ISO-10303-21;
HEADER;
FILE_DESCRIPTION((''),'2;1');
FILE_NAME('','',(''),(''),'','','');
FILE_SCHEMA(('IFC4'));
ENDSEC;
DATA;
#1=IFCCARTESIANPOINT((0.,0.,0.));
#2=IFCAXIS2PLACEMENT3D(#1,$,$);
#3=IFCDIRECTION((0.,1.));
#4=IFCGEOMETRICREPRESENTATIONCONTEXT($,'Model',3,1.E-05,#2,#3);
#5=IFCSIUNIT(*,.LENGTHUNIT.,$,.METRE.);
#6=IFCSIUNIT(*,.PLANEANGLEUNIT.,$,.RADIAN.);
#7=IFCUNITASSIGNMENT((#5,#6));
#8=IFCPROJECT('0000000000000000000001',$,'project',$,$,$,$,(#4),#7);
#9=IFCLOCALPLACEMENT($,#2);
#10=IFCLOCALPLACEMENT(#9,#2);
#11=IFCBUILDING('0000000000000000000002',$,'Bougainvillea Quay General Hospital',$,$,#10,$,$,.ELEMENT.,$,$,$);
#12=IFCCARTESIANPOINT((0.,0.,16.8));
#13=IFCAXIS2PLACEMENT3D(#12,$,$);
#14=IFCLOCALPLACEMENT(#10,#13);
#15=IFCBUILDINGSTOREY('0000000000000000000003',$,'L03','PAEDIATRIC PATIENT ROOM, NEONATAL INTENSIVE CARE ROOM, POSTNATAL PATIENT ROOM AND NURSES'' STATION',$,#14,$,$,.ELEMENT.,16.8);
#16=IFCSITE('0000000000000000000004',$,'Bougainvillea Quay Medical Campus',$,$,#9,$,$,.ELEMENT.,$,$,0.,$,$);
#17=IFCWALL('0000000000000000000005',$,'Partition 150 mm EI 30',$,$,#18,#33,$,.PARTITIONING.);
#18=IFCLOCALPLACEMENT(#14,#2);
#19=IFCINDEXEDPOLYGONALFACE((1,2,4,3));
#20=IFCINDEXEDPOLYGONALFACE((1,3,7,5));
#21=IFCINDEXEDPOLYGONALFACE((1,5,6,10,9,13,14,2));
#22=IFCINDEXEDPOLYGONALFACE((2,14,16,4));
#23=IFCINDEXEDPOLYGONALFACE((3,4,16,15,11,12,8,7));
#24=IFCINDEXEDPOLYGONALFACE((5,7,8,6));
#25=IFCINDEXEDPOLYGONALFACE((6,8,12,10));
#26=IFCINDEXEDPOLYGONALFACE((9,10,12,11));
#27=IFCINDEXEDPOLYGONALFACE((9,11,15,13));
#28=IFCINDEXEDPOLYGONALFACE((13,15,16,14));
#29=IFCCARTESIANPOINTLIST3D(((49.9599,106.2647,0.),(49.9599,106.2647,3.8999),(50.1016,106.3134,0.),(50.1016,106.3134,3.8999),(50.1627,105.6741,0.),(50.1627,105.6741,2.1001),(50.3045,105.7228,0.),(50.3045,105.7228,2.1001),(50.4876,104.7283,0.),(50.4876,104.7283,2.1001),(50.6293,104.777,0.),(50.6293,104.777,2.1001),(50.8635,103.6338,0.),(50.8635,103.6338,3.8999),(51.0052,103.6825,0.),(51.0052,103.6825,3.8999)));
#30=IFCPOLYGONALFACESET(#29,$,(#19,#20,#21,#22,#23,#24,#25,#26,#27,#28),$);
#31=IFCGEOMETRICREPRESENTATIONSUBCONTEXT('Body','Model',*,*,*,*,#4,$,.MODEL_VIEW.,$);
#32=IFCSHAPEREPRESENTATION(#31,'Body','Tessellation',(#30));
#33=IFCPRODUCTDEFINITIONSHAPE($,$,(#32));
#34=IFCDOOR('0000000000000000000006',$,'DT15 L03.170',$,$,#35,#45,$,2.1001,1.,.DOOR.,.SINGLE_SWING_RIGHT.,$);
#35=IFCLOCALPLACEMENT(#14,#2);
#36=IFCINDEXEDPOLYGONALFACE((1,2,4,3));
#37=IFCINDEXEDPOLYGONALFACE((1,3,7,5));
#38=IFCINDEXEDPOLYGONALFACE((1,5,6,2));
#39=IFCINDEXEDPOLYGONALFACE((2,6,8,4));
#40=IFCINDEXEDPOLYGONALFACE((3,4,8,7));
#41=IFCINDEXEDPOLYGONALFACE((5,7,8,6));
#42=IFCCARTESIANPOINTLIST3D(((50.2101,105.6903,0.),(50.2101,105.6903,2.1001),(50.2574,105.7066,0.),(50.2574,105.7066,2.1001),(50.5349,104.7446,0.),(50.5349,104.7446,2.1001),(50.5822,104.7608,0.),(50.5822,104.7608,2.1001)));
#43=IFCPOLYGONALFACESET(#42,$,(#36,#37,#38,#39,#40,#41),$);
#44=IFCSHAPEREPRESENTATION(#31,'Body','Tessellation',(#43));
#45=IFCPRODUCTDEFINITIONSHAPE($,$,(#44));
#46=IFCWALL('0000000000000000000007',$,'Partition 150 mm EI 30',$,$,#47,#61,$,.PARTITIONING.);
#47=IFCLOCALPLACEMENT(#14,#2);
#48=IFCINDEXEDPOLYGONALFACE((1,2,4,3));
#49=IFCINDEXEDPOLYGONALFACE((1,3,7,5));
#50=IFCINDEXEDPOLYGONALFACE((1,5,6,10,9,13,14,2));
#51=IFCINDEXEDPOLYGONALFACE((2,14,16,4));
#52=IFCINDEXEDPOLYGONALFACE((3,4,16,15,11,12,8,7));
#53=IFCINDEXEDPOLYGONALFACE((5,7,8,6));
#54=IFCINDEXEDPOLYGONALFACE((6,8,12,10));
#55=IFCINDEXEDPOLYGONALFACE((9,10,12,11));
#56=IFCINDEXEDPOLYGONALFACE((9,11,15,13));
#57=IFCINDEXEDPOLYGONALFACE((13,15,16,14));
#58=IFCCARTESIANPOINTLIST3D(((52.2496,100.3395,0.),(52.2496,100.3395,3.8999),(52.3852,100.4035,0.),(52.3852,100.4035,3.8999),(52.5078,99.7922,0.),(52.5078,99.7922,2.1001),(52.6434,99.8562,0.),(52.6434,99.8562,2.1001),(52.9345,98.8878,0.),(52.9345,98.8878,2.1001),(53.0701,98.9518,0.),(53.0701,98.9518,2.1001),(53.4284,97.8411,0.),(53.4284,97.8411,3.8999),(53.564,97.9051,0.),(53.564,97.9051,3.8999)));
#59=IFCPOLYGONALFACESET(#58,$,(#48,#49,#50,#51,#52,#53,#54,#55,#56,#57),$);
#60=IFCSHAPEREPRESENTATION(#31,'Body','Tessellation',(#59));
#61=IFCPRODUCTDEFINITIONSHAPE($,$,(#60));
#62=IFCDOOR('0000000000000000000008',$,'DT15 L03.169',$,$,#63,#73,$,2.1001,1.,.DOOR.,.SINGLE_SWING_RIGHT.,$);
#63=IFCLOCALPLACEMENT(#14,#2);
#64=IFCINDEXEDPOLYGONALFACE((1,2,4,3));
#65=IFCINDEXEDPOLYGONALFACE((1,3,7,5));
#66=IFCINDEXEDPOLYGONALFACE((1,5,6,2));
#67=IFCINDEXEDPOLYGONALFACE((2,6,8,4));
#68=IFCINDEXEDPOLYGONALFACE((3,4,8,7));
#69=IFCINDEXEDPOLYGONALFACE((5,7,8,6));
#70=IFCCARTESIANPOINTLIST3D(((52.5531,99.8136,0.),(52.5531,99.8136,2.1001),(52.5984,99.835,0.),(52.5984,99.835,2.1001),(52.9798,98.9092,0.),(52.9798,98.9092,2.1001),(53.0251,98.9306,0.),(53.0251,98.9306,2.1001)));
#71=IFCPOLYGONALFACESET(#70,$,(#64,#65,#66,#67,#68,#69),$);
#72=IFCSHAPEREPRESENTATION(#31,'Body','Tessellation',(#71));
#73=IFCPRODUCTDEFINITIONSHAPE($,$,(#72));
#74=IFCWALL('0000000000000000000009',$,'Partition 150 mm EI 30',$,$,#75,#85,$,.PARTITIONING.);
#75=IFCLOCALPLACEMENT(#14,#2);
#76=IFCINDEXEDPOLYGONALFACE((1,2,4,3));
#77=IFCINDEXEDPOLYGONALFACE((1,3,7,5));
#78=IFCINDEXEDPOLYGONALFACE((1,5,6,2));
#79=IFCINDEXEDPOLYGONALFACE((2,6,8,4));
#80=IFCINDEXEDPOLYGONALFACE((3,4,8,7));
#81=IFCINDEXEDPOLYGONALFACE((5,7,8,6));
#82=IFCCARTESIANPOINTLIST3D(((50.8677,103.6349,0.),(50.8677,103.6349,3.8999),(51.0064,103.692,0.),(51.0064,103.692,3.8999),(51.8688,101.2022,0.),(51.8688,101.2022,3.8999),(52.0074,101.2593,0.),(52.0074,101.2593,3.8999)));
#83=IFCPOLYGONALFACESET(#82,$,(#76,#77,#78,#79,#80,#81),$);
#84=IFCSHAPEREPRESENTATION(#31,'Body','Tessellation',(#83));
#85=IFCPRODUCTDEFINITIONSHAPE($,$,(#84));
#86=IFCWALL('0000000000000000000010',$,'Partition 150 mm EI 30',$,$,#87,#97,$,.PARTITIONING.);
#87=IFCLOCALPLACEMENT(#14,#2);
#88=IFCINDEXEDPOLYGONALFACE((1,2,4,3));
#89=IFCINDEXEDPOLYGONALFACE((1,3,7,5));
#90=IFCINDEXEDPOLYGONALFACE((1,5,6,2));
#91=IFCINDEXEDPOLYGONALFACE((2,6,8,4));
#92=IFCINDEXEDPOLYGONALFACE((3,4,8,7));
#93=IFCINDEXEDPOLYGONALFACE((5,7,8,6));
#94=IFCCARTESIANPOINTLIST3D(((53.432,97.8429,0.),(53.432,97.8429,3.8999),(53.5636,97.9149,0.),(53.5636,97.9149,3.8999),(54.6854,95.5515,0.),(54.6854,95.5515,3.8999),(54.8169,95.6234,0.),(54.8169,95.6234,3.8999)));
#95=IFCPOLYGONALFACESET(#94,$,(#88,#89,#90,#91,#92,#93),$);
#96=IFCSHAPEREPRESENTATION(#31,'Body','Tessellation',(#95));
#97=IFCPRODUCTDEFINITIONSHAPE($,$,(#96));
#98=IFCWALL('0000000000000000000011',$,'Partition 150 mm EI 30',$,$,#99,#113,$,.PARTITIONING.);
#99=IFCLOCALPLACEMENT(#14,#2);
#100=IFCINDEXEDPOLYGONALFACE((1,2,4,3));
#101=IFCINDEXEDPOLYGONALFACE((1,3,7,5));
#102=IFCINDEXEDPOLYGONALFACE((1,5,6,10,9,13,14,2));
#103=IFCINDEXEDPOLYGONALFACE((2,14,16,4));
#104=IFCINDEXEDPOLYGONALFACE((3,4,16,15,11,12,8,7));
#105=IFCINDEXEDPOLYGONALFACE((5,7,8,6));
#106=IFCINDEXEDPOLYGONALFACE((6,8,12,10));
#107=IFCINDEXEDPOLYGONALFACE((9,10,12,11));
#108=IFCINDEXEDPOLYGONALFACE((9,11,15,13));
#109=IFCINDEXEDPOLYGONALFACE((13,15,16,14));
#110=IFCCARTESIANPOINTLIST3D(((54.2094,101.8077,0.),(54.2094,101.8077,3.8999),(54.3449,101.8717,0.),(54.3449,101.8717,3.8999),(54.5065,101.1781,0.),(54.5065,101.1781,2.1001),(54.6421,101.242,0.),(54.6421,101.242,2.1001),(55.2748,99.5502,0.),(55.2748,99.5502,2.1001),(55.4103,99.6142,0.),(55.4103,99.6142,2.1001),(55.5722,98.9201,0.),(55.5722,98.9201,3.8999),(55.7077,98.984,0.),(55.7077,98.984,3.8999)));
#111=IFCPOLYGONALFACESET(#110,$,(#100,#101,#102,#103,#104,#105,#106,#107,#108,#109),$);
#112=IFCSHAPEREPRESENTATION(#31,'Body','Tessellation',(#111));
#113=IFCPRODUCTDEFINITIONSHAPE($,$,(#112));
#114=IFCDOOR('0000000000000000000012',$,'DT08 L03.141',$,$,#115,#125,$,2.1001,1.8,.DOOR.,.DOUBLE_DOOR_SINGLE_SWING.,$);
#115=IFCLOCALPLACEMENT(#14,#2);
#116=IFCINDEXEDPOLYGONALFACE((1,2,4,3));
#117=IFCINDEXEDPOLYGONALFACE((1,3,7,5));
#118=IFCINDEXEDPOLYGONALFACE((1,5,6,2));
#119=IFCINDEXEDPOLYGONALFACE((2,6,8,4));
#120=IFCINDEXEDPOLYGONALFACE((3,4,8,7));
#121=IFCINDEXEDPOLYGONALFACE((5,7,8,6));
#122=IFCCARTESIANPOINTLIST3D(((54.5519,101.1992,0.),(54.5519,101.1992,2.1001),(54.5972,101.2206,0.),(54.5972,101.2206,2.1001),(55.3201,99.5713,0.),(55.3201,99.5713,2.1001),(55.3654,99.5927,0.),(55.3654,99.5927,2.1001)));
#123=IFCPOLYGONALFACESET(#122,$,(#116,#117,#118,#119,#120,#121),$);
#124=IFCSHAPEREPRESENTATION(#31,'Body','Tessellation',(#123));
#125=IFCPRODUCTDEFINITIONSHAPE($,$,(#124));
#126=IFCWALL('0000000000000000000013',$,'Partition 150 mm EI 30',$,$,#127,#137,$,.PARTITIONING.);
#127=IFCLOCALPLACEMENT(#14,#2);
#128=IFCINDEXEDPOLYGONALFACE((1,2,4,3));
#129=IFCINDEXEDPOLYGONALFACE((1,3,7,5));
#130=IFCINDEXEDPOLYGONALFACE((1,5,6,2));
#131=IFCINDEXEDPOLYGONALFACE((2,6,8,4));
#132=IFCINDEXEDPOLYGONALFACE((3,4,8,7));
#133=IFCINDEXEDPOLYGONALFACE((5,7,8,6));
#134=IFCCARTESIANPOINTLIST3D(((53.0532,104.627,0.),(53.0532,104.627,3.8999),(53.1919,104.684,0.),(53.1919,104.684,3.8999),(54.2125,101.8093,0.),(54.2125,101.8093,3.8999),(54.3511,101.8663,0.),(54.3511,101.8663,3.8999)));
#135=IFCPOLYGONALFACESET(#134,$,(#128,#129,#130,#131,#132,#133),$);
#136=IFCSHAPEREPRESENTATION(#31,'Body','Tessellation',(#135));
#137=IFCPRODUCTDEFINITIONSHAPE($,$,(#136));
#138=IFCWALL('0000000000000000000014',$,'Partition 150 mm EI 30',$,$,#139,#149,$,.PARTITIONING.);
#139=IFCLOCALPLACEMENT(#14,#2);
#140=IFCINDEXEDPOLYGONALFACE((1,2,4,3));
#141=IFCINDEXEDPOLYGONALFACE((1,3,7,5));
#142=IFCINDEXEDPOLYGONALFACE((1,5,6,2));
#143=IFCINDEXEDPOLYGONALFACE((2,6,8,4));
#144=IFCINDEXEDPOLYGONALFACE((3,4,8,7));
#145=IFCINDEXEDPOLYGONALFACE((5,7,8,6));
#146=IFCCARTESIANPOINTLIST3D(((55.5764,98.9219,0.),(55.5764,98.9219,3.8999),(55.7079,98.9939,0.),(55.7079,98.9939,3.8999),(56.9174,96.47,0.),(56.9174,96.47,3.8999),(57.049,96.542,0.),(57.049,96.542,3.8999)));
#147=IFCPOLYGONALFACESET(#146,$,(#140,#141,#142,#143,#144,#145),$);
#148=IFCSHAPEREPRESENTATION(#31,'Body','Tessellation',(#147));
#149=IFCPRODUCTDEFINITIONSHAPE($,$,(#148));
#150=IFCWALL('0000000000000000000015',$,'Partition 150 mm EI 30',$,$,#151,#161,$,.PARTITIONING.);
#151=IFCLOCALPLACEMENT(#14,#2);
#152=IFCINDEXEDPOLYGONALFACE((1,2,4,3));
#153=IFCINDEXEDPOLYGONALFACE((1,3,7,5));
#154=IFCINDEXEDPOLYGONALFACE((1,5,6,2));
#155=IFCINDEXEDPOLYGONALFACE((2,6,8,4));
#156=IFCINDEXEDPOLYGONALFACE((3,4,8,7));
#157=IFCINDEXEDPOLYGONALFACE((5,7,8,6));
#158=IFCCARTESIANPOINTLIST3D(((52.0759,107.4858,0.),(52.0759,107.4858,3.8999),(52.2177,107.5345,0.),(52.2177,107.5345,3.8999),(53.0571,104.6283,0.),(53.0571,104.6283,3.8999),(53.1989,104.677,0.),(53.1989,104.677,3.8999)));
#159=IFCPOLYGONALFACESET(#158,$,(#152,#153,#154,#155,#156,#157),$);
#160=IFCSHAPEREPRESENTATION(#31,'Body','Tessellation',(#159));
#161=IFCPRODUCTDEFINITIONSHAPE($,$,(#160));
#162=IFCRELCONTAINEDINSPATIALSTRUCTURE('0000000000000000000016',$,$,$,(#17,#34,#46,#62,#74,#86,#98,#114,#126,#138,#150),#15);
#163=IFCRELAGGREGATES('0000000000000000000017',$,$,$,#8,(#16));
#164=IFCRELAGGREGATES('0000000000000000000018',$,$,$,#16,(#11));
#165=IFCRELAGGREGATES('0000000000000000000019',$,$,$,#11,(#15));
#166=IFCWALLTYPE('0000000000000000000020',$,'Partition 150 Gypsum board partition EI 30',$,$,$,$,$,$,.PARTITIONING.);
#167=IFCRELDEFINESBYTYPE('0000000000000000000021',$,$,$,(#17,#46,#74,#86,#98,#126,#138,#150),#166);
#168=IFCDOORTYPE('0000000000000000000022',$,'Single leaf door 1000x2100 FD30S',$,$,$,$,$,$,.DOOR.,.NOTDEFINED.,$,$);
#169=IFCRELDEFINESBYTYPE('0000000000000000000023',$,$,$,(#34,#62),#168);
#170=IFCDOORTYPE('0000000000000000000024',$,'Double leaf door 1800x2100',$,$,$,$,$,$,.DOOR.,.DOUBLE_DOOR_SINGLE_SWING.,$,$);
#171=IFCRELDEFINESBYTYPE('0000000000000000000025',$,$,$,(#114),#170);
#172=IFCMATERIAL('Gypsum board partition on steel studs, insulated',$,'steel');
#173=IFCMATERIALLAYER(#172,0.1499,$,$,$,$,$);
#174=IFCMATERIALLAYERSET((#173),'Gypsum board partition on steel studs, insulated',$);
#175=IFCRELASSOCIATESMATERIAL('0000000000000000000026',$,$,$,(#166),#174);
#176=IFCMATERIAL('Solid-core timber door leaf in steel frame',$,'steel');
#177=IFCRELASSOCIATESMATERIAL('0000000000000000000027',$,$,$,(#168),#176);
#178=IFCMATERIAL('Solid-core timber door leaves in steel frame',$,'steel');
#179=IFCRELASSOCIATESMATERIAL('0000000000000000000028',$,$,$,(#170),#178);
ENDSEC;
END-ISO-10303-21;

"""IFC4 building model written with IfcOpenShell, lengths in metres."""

from ifc_helpers import new_model, si_unit, direction, frame, frame_2d, origin, place, context, subcontext, project, spatial, rectangle, extrude, material, layer, layer_set, type_object, element, fill, save


model = new_model("IFC4")

# Units and contexts
model_context = context("Model", 3, precision=1e-05, world=origin(), true_north=direction((0.0, 1.0)))
body_context = subcontext(model_context, "Body", "Model", "MODEL_VIEW")
ifc_project = project(units=[si_unit("LENGTHUNIT", "METRE"), si_unit("PLANEANGLEUNIT", "RADIAN")], contexts=[model_context])

# Site, building, storey
site_placement = place(None, origin())
site = spatial("IfcSite", under=ifc_project, at=site_placement, Name="Bougainvillea Quay Medical Campus", CompositionType="ELEMENT", RefElevation=0.0)
building_placement = place(site_placement, origin())
building = spatial("IfcBuilding", under=site, at=building_placement, Name="Bougainvillea Quay General Hospital", CompositionType="ELEMENT")
storey_placement = place(building_placement, frame((0.0, 0.0, 16.8)))
storey = spatial("IfcBuildingStorey", under=building, at=storey_placement, Name="L03", Description="PAEDIATRIC PATIENT ROOM, NEONATAL INTENSIVE CARE ROOM, POSTNATAL PATIENT ROOM AND NURSES' STATION", CompositionType="ELEMENT", Elevation=16.8)

# Walls, openings, doors
ifc_material_1 = material(Name="Gypsum board partition on steel studs, insulated", Category="steel")
ifc_layer_1 = layer(ifc_material_1, 0.1499)
ifc_layer_set_1 = layer_set([ifc_layer_1], Name="Gypsum board partition on steel studs, insulated")
wall_type_1 = type_object("IfcWallType", Name="Partition 150 Gypsum board partition EI 30", PredefinedType="PARTITIONING", material=ifc_layer_set_1)
wall_1_placement = place(storey_placement, frame((50.0308, 106.2891, 0.0), z_axis=(0.0, 0.0, 1.0), x_axis=(0.324825, -0.945774, 0.0)))
wall_1 = element("IfcWall", 1, at=wall_1_placement, inside=storey, type_object=wall_type_1, Name="Partition 150 mm EI 30", PredefinedType="PARTITIONING", context=body_context, shape_type="SweptSolid", body=[
    extrude(rectangle(XDim=2.7817, YDim=0.1499, at=frame_2d((1.3909, 0.0))), origin(), (0.0, 0.0, 1.0), 3.8999),
])
opening_1_placement = place(wall_1_placement, frame((0.6245, 0.0, 0.0)))
opening_1 = element("IfcOpeningElement", 2, at=opening_1_placement, cuts=wall_1, PredefinedType="OPENING", context=body_context, shape_type="SweptSolid", body=[
    extrude(rectangle(XDim=1.0, YDim=2.1001, at=frame_2d((0.5, 1.05))), frame((0.0, 0.085, 0.0), z_axis=(0.0, -1.0, 0.0), x_axis=(1.0, 0.0, 0.0)), (0.0, 0.0, 1.0), 0.1699),
])
ifc_material_2 = material(Name="Solid-core timber door leaf in steel frame", Category="steel")
door_type_1 = type_object("IfcDoorType", Name="Single leaf door 1000x2100 FD30S", OperationType="NOTDEFINED", PredefinedType="DOOR", material=ifc_material_2)
door_1_placement = place(opening_1_placement, frame((1.0, 0.0, 0.0), z_axis=(0.0, 0.0, 1.0), x_axis=(-1.0, 0.0, 0.0)))
door_1 = element("IfcDoor", 3, at=door_1_placement, inside=storey, type_object=door_type_1, Name="DT15 L03.170", OperationType="SINGLE_SWING_RIGHT", OverallHeight=2.1001, OverallWidth=1.0, PredefinedType="DOOR", context=body_context, shape_type="SweptSolid", body=[
    extrude(rectangle(XDim=1.0, YDim=2.1001, at=frame_2d((0.5, 1.05))), frame((0.0, 0.0249, 0.0), z_axis=(0.0, -1.0, 0.0), x_axis=(1.0, 0.0, 0.0)), (0.0, 0.0, 1.0), 0.05),
])
fill(opening_1, door_1)
wall_2_placement = place(storey_placement, frame((52.3174, 100.3716, 0.0), z_axis=(0.0, 0.0, 1.0), x_axis=(0.426699, -0.904394, 0.0)))
wall_2 = element("IfcWall", 4, at=wall_2_placement, inside=storey, type_object=wall_type_1, Name="Partition 150 mm EI 30", PredefinedType="PARTITIONING", context=body_context, shape_type="SweptSolid", body=[
    extrude(rectangle(XDim=2.7625, YDim=0.1499, at=frame_2d((1.3813, 0.0))), origin(), (0.0, 0.0, 1.0), 3.8999),
])
opening_2_placement = place(wall_2_placement, frame((0.6052, 0.0, 0.0)))
opening_2 = element("IfcOpeningElement", 5, at=opening_2_placement, cuts=wall_2, PredefinedType="OPENING", context=body_context, shape_type="SweptSolid", body=[
    extrude(rectangle(XDim=1.0, YDim=2.1001, at=frame_2d((0.5, 1.05))), frame((0.0, 0.085, 0.0), z_axis=(0.0, -1.0, 0.0), x_axis=(1.0, 0.0, 0.0)), (0.0, 0.0, 1.0), 0.1699),
])
door_2_placement = place(opening_2_placement, frame((1.0, 0.0, 0.0), z_axis=(0.0, 0.0, 1.0), x_axis=(-1.0, 0.0, 0.0)))
door_2 = element("IfcDoor", 6, at=door_2_placement, inside=storey, type_object=door_type_1, Name="DT15 L03.169", OperationType="SINGLE_SWING_RIGHT", OverallHeight=2.1001, OverallWidth=1.0, PredefinedType="DOOR", context=body_context, shape_type="SweptSolid", body=[
    extrude(rectangle(XDim=1.0, YDim=2.1001, at=frame_2d((0.5, 1.05))), frame((0.0, 0.0249, 0.0), z_axis=(0.0, -1.0, 0.0), x_axis=(1.0, 0.0, 0.0)), (0.0, 0.0, 1.0), 0.05),
])
fill(opening_2, door_2)

# Walls
wall_3_placement = place(storey_placement, frame((50.937, 103.6636, 0.0), z_axis=(0.0, 0.0, 1.0), x_axis=(0.380526, -0.92477, 0.0)))
element("IfcWall", 7, at=wall_3_placement, inside=storey, type_object=wall_type_1, Name="Partition 150 mm EI 30", PredefinedType="PARTITIONING", context=body_context, shape_type="SweptSolid", body=[
    extrude(rectangle(XDim=2.6306, YDim=0.1499, at=frame_2d((1.3154, 0.0))), origin(), (0.0, 0.0, 1.0), 3.8999),
])
wall_4_placement = place(storey_placement, frame((53.4978, 97.8789, 0.0), z_axis=(0.0, 0.0, 1.0), x_axis=(0.479887, -0.877331, 0.0)))
element("IfcWall", 8, at=wall_4_placement, inside=storey, type_object=wall_type_1, Name="Partition 150 mm EI 30", PredefinedType="PARTITIONING", context=body_context, shape_type="SweptSolid", body=[
    extrude(rectangle(XDim=2.6118, YDim=0.1499, at=frame_2d((1.3059, 0.0))), origin(), (0.0, 0.0, 1.0), 3.8999),
])

# Wall, opening, door
wall_5_placement = place(storey_placement, frame((54.2771, 101.8398, 0.0), z_axis=(0.0, 0.0, 1.0), x_axis=(0.426791, -0.90435, 0.0)))
wall_5 = element("IfcWall", 9, at=wall_5_placement, inside=storey, type_object=wall_type_1, Name="Partition 150 mm EI 30", PredefinedType="PARTITIONING", context=body_context, shape_type="SweptSolid", body=[
    extrude(rectangle(XDim=3.1931, YDim=0.1499, at=frame_2d((1.5967, 0.0))), origin(), (0.0, 0.0, 1.0), 3.8999),
])
opening_3_placement = place(wall_5_placement, frame((0.6965, 0.0, 0.0)))
opening_3 = element("IfcOpeningElement", 10, at=opening_3_placement, cuts=wall_5, PredefinedType="OPENING", context=body_context, shape_type="SweptSolid", body=[
    extrude(rectangle(XDim=1.8, YDim=2.1001, at=frame_2d((0.8999, 1.05))), frame((0.0, 0.085, 0.0), z_axis=(0.0, -1.0, 0.0), x_axis=(1.0, 0.0, 0.0)), (0.0, 0.0, 1.0), 0.1699),
])
ifc_material_3 = material(Name="Solid-core timber door leaves in steel frame", Category="steel")
door_type_2 = type_object("IfcDoorType", Name="Double leaf door 1800x2100", OperationType="DOUBLE_DOOR_SINGLE_SWING", PredefinedType="DOOR", material=ifc_material_3)
door_3_placement = place(opening_3_placement, frame((1.8, 0.0, 0.0), z_axis=(0.0, 0.0, 1.0), x_axis=(-1.0, 0.0, 0.0)))
door_3 = element("IfcDoor", 11, at=door_3_placement, inside=storey, type_object=door_type_2, Name="DT08 L03.141", OperationType="DOUBLE_DOOR_SINGLE_SWING", OverallHeight=2.1001, OverallWidth=1.8, PredefinedType="DOOR", context=body_context, shape_type="SweptSolid", body=[
    extrude(rectangle(XDim=1.8, YDim=2.1001, at=frame_2d((0.8999, 1.05))), frame((0.0, 0.0249, 0.0), z_axis=(0.0, -1.0, 0.0), x_axis=(1.0, 0.0, 0.0)), (0.0, 0.0, 1.0), 0.05),
])
fill(opening_3, door_3)

# Walls
wall_6_placement = place(storey_placement, frame((53.1226, 104.6555, 0.0), z_axis=(0.0, 0.0, 1.0), x_axis=(0.380464, -0.924796, 0.0)))
element("IfcWall", 12, at=wall_6_placement, inside=storey, type_object=wall_type_1, Name="Partition 150 mm EI 30", PredefinedType="PARTITIONING", context=body_context, shape_type="SweptSolid", body=[
    extrude(rectangle(XDim=3.0469, YDim=0.1499, at=frame_2d((1.5234, 0.0))), origin(), (0.0, 0.0, 1.0), 3.8999),
])
wall_7_placement = place(storey_placement, frame((55.6421, 98.958, 0.0), z_axis=(0.0, 0.0, 1.0), x_axis=(0.479862, -0.877344, 0.0)))
element("IfcWall", 13, at=wall_7_placement, inside=storey, type_object=wall_type_1, Name="Partition 150 mm EI 30", PredefinedType="PARTITIONING", context=body_context, shape_type="SweptSolid", body=[
    extrude(rectangle(XDim=2.7947, YDim=0.1499, at=frame_2d((1.3975, 0.0))), origin(), (0.0, 0.0, 1.0), 3.8999),
])
wall_8_placement = place(storey_placement, frame((52.1467, 107.5103, 0.0), z_axis=(0.0, 0.0, 1.0), x_axis=(0.324773, -0.945792, 0.0)))
element("IfcWall", 14, at=wall_8_placement, inside=storey, type_object=wall_type_1, Name="Partition 150 mm EI 30", PredefinedType="PARTITIONING", context=body_context, shape_type="SweptSolid", body=[
    extrude(rectangle(XDim=3.0212, YDim=0.1499, at=frame_2d((1.5107, 0.0))), origin(), (0.0, 0.0, 1.0), 3.8999),
])

save(model, "model.ifc")
